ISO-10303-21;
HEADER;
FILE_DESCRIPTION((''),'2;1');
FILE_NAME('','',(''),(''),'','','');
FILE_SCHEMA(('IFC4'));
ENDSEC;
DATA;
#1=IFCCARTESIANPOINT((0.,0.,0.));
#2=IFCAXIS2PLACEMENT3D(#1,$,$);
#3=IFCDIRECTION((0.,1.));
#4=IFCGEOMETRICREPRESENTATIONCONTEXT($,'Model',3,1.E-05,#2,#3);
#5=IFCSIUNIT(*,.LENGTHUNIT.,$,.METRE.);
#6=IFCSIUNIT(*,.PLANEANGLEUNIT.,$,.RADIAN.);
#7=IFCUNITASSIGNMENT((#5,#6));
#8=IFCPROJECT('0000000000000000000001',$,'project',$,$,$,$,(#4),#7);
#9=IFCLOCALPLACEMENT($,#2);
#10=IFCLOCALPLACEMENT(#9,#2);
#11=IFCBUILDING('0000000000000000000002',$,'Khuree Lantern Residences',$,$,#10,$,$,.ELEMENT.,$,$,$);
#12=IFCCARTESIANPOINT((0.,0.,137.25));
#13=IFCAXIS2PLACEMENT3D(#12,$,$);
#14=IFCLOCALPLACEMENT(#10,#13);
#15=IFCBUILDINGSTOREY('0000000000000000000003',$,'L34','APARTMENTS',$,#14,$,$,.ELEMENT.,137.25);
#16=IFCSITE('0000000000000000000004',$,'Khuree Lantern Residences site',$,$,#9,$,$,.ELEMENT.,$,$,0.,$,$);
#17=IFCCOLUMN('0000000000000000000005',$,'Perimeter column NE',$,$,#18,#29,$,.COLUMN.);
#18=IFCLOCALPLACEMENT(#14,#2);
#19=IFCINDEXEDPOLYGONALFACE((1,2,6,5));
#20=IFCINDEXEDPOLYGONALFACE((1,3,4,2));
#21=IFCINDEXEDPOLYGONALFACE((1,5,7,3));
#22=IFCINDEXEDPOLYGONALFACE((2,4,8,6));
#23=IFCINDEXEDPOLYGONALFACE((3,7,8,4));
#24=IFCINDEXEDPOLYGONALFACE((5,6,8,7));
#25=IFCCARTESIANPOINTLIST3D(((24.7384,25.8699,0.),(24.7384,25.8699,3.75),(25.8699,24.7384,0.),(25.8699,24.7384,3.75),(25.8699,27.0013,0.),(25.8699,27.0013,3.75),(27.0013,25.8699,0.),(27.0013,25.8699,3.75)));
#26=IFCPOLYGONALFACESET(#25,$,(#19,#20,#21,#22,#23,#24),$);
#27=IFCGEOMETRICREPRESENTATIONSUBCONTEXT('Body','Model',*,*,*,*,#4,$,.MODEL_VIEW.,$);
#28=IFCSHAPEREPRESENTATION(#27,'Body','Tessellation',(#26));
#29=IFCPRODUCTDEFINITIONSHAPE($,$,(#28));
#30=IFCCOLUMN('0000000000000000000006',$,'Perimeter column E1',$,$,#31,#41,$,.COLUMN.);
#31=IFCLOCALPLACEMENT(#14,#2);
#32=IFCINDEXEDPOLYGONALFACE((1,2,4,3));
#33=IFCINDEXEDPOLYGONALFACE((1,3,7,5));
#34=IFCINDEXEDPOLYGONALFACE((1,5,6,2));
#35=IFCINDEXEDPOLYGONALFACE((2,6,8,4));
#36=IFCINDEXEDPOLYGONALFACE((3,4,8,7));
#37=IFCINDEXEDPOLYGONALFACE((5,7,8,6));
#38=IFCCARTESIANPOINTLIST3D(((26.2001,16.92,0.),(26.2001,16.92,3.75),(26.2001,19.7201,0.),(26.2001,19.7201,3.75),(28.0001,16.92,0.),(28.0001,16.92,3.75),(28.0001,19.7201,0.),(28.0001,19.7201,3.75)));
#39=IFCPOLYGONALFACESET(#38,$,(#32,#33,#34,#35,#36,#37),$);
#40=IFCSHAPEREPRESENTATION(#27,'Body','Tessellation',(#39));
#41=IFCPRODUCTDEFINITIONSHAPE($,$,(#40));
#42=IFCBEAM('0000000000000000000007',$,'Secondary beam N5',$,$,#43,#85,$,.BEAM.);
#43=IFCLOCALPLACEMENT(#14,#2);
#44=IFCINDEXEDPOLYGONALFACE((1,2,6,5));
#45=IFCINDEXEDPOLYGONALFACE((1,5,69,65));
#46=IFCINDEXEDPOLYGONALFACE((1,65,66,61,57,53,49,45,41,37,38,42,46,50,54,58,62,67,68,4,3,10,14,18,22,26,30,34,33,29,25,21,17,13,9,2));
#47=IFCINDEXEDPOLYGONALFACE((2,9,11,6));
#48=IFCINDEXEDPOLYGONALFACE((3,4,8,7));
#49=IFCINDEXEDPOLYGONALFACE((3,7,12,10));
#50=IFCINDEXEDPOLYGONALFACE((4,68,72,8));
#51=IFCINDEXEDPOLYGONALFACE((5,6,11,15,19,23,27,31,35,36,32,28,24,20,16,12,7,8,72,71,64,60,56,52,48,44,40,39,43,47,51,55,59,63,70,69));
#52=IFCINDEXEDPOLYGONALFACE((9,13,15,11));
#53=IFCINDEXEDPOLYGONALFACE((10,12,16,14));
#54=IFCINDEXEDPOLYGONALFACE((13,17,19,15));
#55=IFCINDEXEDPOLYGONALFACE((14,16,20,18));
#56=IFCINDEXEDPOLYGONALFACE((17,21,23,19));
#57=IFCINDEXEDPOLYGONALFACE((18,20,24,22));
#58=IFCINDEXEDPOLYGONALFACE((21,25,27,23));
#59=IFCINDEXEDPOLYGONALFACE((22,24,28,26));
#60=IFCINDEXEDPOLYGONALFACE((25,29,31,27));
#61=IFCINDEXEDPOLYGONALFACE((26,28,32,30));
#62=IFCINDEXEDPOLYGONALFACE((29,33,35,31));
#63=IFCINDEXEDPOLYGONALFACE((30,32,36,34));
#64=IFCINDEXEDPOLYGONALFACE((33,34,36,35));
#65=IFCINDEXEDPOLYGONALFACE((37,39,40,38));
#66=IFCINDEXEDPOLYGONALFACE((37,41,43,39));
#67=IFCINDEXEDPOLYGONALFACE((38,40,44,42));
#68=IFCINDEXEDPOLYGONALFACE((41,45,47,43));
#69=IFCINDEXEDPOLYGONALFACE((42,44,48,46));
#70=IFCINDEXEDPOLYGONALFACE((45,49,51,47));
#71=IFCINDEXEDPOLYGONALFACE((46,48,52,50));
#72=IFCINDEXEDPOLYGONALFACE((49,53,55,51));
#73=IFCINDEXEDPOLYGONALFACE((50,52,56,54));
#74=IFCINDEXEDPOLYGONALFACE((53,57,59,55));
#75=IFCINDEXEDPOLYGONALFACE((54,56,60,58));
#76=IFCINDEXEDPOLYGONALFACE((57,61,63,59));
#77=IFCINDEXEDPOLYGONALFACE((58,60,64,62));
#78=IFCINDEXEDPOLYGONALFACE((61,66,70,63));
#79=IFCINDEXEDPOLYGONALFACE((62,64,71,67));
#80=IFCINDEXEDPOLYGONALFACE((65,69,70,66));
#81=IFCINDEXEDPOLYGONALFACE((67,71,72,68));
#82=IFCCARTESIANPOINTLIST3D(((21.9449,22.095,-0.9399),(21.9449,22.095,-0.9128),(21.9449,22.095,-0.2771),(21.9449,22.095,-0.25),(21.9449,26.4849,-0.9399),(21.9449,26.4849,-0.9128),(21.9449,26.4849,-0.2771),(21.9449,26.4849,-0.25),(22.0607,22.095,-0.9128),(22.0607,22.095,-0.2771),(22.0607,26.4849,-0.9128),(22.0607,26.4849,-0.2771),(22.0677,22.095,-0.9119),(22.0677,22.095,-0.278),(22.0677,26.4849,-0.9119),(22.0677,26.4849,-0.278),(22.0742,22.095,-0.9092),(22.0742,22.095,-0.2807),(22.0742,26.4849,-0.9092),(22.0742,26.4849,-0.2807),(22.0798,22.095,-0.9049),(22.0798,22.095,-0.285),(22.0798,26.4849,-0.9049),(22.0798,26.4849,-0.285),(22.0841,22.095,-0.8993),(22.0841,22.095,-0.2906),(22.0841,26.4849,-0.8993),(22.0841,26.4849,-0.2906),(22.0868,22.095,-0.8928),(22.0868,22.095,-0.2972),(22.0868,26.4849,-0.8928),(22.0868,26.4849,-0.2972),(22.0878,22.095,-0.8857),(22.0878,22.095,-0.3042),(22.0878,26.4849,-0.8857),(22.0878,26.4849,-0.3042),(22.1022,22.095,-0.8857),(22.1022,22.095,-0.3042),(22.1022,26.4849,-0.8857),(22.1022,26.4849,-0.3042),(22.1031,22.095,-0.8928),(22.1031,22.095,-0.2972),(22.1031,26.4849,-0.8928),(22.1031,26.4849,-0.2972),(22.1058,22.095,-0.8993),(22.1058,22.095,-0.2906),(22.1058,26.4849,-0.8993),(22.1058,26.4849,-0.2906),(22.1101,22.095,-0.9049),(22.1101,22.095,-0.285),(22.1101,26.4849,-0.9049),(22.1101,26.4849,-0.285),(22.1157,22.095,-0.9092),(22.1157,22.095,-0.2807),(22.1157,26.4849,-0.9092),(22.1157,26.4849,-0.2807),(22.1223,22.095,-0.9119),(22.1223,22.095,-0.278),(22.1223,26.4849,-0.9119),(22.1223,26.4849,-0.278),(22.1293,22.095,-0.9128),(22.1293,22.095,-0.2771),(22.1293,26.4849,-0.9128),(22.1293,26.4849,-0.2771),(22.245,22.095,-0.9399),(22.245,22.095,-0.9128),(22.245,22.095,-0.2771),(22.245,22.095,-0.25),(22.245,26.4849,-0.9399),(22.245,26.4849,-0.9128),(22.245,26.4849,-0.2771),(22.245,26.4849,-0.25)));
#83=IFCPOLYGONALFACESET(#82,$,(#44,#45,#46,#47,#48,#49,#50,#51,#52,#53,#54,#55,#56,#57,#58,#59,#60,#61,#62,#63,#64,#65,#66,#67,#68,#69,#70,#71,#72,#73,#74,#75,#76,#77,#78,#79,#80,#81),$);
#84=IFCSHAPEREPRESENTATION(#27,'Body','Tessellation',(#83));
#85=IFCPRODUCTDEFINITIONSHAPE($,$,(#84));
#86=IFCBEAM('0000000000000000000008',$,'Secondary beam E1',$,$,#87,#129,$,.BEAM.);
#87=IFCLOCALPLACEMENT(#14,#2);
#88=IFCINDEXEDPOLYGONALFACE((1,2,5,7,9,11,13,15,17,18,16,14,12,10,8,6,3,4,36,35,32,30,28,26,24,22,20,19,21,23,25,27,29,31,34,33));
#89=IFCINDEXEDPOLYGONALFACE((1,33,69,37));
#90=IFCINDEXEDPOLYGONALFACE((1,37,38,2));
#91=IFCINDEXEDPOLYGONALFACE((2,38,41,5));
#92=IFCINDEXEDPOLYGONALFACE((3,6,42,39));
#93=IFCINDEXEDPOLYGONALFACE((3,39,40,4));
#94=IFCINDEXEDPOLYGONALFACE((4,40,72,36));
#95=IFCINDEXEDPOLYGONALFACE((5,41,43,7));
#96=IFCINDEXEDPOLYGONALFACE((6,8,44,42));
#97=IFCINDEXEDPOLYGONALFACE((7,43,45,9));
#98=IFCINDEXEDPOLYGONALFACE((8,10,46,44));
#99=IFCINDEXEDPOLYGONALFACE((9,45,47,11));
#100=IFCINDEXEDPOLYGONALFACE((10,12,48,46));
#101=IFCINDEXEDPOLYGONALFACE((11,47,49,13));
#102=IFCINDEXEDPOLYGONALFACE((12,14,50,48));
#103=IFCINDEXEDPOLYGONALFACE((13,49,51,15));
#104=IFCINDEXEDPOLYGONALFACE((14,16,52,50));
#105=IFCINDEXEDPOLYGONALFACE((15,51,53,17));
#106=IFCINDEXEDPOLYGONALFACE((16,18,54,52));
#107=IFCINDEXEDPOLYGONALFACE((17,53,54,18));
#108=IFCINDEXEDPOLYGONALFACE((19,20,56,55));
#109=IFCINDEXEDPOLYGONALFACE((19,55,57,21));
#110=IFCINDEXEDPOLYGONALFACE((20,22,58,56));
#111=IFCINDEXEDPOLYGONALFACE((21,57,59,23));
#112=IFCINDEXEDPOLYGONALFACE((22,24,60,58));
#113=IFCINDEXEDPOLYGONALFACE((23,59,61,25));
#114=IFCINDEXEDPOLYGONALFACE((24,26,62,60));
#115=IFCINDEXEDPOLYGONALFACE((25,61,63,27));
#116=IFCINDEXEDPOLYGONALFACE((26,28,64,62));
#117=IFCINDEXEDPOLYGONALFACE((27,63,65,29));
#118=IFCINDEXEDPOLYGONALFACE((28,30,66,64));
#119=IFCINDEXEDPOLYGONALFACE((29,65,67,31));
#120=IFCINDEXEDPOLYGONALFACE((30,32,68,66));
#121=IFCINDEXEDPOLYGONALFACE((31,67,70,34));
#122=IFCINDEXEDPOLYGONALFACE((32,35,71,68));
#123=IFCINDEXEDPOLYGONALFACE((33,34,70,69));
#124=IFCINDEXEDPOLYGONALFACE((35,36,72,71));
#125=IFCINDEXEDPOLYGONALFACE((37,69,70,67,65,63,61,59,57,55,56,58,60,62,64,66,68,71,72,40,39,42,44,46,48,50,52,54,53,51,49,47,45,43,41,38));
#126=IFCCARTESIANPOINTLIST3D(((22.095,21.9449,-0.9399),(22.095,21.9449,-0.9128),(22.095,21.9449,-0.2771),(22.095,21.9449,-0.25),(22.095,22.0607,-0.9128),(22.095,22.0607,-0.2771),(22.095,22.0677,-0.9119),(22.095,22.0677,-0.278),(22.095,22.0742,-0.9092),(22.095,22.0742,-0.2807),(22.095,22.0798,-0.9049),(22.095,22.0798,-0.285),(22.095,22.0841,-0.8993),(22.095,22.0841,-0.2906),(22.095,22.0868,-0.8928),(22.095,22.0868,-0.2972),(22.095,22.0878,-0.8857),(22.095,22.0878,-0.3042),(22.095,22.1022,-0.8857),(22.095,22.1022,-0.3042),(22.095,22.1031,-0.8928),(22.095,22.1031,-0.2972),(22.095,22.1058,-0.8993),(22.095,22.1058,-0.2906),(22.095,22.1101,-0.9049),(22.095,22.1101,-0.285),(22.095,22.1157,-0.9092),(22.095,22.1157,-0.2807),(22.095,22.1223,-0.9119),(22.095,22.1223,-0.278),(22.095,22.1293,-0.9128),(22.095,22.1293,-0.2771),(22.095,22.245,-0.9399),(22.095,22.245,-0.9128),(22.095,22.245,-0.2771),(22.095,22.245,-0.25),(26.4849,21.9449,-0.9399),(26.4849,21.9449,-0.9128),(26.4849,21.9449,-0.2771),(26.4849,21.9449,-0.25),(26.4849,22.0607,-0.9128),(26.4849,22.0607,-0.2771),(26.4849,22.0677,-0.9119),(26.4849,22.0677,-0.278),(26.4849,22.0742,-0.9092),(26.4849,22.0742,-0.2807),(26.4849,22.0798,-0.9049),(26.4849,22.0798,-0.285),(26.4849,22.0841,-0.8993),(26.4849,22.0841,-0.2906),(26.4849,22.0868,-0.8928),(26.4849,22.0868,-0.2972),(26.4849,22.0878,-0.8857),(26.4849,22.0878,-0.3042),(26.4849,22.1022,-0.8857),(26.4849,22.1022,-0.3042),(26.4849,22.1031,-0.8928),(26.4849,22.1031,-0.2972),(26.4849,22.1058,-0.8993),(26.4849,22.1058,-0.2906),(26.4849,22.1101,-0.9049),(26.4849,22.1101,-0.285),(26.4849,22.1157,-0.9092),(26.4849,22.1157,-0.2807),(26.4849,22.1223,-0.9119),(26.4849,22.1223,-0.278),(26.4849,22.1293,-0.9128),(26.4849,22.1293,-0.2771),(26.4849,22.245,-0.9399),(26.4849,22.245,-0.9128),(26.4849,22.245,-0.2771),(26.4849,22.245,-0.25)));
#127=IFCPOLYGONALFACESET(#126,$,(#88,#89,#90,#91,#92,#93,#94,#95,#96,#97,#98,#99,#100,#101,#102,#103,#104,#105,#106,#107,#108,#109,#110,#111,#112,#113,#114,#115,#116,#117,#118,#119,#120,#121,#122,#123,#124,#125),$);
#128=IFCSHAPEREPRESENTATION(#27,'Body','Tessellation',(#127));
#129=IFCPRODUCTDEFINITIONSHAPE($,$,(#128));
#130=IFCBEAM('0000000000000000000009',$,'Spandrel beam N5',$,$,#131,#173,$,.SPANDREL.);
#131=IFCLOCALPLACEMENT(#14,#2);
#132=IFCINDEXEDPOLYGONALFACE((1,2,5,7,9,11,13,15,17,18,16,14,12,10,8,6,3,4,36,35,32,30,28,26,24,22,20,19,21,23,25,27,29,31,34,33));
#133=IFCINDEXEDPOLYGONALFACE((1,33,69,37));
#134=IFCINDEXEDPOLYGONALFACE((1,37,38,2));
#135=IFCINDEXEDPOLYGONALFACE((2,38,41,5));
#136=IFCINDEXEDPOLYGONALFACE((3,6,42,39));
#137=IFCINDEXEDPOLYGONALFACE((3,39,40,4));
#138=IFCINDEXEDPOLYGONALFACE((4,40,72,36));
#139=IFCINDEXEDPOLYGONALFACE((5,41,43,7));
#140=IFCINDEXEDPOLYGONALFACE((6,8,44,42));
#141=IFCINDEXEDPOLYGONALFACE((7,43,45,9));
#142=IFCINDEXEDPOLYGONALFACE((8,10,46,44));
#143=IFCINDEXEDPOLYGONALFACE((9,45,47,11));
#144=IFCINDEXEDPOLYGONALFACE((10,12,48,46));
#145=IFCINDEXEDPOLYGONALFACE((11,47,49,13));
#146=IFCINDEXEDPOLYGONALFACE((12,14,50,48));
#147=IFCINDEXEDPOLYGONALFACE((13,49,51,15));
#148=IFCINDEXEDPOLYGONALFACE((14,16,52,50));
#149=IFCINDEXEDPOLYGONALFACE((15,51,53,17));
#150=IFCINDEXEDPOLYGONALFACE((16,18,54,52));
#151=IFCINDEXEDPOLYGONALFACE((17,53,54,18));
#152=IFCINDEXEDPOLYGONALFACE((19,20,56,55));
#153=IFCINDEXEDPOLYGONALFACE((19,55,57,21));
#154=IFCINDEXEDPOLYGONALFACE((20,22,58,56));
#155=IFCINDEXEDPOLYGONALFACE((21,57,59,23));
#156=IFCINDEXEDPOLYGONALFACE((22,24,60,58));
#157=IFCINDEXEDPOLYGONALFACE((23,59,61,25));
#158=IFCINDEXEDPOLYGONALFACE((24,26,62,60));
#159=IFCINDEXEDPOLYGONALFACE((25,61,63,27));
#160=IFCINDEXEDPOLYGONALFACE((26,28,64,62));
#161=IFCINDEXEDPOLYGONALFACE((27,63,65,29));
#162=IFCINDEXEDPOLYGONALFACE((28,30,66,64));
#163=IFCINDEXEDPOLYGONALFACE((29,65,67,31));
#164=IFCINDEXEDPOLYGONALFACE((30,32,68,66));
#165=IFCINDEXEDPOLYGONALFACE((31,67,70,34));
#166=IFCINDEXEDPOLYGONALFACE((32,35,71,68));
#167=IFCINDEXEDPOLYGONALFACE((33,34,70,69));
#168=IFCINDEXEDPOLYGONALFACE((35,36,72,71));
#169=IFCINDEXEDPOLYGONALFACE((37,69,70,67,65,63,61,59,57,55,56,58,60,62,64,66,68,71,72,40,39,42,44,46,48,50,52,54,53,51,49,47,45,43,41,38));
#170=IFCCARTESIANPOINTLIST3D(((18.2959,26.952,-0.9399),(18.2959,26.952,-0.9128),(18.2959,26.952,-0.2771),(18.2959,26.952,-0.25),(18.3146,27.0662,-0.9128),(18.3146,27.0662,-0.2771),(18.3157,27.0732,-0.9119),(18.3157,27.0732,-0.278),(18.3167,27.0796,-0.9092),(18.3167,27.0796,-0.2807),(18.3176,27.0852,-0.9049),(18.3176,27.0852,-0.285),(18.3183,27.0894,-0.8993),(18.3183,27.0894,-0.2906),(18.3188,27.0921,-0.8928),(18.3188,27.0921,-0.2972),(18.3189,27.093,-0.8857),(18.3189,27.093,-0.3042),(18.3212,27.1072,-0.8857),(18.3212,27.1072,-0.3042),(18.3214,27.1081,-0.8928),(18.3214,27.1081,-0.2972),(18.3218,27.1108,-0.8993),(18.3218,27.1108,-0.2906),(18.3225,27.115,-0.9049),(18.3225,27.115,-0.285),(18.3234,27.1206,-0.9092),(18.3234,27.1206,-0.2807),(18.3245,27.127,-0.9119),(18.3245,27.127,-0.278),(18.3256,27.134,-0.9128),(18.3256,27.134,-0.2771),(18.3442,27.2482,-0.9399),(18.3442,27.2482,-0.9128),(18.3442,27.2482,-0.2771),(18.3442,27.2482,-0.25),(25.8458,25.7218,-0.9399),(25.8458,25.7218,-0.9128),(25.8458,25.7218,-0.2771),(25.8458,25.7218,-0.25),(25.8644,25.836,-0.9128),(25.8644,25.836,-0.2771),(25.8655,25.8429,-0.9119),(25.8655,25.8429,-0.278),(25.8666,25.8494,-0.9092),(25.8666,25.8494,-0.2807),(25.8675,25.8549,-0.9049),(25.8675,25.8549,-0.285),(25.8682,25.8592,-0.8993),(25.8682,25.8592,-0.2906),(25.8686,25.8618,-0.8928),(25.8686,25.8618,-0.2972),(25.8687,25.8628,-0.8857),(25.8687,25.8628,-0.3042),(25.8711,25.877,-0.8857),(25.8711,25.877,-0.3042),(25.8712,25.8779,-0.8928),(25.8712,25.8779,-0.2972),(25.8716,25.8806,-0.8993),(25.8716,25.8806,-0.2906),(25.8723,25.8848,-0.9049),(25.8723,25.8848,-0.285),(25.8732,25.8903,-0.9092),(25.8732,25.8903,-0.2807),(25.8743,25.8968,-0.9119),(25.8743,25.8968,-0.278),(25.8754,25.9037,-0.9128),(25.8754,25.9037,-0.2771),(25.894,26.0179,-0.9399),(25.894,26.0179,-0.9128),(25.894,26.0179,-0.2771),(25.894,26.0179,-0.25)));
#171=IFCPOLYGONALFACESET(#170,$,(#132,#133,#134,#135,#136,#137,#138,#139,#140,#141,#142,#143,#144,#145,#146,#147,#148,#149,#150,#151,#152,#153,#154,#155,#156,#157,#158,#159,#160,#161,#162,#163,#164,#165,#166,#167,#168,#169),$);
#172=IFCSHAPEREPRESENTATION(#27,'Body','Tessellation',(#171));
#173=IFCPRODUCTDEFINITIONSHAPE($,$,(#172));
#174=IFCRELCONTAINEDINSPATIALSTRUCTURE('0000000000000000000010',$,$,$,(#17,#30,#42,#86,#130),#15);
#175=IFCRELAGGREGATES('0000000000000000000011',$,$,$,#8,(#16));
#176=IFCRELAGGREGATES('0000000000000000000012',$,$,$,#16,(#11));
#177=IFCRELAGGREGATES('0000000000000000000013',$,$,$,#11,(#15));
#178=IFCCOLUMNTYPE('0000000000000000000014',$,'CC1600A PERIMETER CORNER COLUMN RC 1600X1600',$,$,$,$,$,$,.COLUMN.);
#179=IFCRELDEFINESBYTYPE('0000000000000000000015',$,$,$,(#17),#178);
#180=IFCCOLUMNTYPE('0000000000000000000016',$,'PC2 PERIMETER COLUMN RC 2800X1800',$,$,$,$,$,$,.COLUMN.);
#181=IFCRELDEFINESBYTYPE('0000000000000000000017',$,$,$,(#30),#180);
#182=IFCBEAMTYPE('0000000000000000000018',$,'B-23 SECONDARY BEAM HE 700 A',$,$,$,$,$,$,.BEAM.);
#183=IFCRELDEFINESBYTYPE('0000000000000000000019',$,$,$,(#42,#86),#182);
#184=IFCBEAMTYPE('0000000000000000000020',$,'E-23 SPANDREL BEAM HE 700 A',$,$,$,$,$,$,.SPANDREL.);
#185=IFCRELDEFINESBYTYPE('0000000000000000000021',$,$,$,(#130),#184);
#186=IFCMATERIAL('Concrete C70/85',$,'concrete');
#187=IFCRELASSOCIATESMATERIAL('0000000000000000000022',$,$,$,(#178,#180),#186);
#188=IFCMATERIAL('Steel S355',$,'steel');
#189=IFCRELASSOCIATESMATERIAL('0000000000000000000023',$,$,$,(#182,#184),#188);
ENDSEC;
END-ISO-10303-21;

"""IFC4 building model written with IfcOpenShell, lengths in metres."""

from ifc_helpers import new_model, si_unit, direction, frame, origin, origin_2d, place, context, subcontext, project, spatial, rectangle, i_section, extrude, material, material_profile, profile_set, type_object, element, save


model = new_model("IFC4")

# Units and contexts
model_context = context("Model", 3, precision=1e-05, world=origin(), true_north=direction((0.0, 1.0)))
body_context = subcontext(model_context, "Body", "Model", "MODEL_VIEW")
ifc_project = project(units=[si_unit("LENGTHUNIT", "METRE"), si_unit("PLANEANGLEUNIT", "RADIAN")], contexts=[model_context])

# Site, building, storey
site_placement = place(None, origin())
site = spatial("IfcSite", under=ifc_project, at=site_placement, Name="Khuree Lantern Residences site", CompositionType="ELEMENT", RefElevation=0.0)
building_placement = place(site_placement, origin())
building = spatial("IfcBuilding", under=site, at=building_placement, Name="Khuree Lantern Residences", CompositionType="ELEMENT")
storey_placement = place(building_placement, frame((0.0, 0.0, 137.25)))
storey = spatial("IfcBuildingStorey", under=building, at=storey_placement, Name="L34", Description="APARTMENTS", CompositionType="ELEMENT", Elevation=137.25)

# Columns
ifc_material_1 = material(Name="Concrete C70/85", Category="concrete")
ifc_material_profile_1 = material_profile(ifc_material_1, rectangle(XDim=1.6001, YDim=1.6001, at=origin_2d()), Name="RC 1600X1600")
ifc_profile_set_1 = profile_set([ifc_material_profile_1], Name="Concrete C70/85")
column_type_1 = type_object("IfcColumnType", Name="CC1600A PERIMETER CORNER COLUMN RC 1600X1600", PredefinedType="COLUMN", material=ifc_profile_set_1)
column_1_placement = place(storey_placement, frame((25.8699, 25.8699, 0.0), z_axis=(0.0, 0.0, 1.0), x_axis=(0.707107, -0.707107, 0.0)))
element("IfcColumn", 1, at=column_1_placement, inside=storey, type_object=column_type_1, Name="Perimeter column NE", PredefinedType="COLUMN", context=body_context, shape_type="SweptSolid", body=[
    extrude(rectangle(XDim=1.6001, YDim=1.6001, at=origin_2d()), origin(), (0.0, 0.0, 1.0), 3.75),
])
ifc_material_profile_2 = material_profile(ifc_material_1, rectangle(XDim=2.8, YDim=1.8, at=origin_2d()), Name="RC 2800X1800")
ifc_profile_set_2 = profile_set([ifc_material_profile_2], Name="Concrete C70/85")
column_type_2 = type_object("IfcColumnType", Name="PC2 PERIMETER COLUMN RC 2800X1800", PredefinedType="COLUMN", material=ifc_profile_set_2)
column_2_placement = place(storey_placement, frame((27.1001, 18.3201, 0.0), z_axis=(0.0, 0.0, 1.0), x_axis=(0.0, 1.0, 0.0)))
element("IfcColumn", 2, at=column_2_placement, inside=storey, type_object=column_type_2, Name="Perimeter column E1", PredefinedType="COLUMN", context=body_context, shape_type="SweptSolid", body=[
    extrude(rectangle(XDim=2.8, YDim=1.8, at=origin_2d()), origin(), (0.0, 0.0, 1.0), 3.75),
])

# Beams
ifc_material_2 = material(Name="Steel S355", Category="steel")
ifc_material_profile_3 = material_profile(ifc_material_2, i_section(OverallWidth=0.3, OverallDepth=0.6899, WebThickness=0.0144, FlangeThickness=0.0271, FilletRadius=0.0271, at=origin_2d()), Name="HE 700 A")
ifc_profile_set_3 = profile_set([ifc_material_profile_3], Name="Steel S355")
beam_type_1 = type_object("IfcBeamType", Name="B-23 SECONDARY BEAM HE 700 A", PredefinedType="BEAM", material=ifc_profile_set_3)
for number, where, z_axis, x_axis, name in (
    (3, (22.095, 26.4849, -0.595), (0.0, -1.0, 0.0), (1.0, 0.0, 0.0), "Secondary beam N5"),
    (4, (26.4849, 22.095, -0.595), (-1.0, 0.0, 0.0), (0.0, -1.0, 0.0), "Secondary beam E1"),
):
    element("IfcBeam", number, at=place(storey_placement, frame(where, z_axis=z_axis, x_axis=x_axis)), inside=storey, type_object=beam_type_1, Name=name, PredefinedType="BEAM", context=body_context, shape_type="SweptSolid", body=[
        extrude(i_section(OverallWidth=0.3, OverallDepth=0.6899, WebThickness=0.0144, FlangeThickness=0.0271, FilletRadius=0.0271, at=origin_2d()), origin(), (0.0, 0.0, 1.0), 4.3899),
    ])
ifc_material_profile_4 = material_profile(ifc_material_2, i_section(OverallWidth=0.3, OverallDepth=0.6899, WebThickness=0.0144, FlangeThickness=0.0271, FilletRadius=0.0271, at=origin_2d()), Name="HE 700 A")
ifc_profile_set_4 = profile_set([ifc_material_profile_4], Name="Steel S355")
beam_type_2 = type_object("IfcBeamType", Name="E-23 SPANDREL BEAM HE 700 A", PredefinedType="SPANDREL", material=ifc_profile_set_4)
for number, where, z_axis, x_axis, name in (
    (5, (18.3201, 27.1001, -0.595), (0.986983, -0.160827, 0.0), (0.160827, 0.986983, 0.0), "Spandrel beam N5"),
):
    element("IfcBeam", number, at=place(storey_placement, frame(where, z_axis=z_axis, x_axis=x_axis)), inside=storey, type_object=beam_type_2, Name=name, PredefinedType="SPANDREL", context=body_context, shape_type="SweptSolid", body=[
        extrude(i_section(OverallWidth=0.3, OverallDepth=0.6899, WebThickness=0.0144, FlangeThickness=0.0271, FilletRadius=0.0271, at=origin_2d()), origin(), (0.0, 0.0, 1.0), 7.6494),
    ])

save(model, "model.ifc")
